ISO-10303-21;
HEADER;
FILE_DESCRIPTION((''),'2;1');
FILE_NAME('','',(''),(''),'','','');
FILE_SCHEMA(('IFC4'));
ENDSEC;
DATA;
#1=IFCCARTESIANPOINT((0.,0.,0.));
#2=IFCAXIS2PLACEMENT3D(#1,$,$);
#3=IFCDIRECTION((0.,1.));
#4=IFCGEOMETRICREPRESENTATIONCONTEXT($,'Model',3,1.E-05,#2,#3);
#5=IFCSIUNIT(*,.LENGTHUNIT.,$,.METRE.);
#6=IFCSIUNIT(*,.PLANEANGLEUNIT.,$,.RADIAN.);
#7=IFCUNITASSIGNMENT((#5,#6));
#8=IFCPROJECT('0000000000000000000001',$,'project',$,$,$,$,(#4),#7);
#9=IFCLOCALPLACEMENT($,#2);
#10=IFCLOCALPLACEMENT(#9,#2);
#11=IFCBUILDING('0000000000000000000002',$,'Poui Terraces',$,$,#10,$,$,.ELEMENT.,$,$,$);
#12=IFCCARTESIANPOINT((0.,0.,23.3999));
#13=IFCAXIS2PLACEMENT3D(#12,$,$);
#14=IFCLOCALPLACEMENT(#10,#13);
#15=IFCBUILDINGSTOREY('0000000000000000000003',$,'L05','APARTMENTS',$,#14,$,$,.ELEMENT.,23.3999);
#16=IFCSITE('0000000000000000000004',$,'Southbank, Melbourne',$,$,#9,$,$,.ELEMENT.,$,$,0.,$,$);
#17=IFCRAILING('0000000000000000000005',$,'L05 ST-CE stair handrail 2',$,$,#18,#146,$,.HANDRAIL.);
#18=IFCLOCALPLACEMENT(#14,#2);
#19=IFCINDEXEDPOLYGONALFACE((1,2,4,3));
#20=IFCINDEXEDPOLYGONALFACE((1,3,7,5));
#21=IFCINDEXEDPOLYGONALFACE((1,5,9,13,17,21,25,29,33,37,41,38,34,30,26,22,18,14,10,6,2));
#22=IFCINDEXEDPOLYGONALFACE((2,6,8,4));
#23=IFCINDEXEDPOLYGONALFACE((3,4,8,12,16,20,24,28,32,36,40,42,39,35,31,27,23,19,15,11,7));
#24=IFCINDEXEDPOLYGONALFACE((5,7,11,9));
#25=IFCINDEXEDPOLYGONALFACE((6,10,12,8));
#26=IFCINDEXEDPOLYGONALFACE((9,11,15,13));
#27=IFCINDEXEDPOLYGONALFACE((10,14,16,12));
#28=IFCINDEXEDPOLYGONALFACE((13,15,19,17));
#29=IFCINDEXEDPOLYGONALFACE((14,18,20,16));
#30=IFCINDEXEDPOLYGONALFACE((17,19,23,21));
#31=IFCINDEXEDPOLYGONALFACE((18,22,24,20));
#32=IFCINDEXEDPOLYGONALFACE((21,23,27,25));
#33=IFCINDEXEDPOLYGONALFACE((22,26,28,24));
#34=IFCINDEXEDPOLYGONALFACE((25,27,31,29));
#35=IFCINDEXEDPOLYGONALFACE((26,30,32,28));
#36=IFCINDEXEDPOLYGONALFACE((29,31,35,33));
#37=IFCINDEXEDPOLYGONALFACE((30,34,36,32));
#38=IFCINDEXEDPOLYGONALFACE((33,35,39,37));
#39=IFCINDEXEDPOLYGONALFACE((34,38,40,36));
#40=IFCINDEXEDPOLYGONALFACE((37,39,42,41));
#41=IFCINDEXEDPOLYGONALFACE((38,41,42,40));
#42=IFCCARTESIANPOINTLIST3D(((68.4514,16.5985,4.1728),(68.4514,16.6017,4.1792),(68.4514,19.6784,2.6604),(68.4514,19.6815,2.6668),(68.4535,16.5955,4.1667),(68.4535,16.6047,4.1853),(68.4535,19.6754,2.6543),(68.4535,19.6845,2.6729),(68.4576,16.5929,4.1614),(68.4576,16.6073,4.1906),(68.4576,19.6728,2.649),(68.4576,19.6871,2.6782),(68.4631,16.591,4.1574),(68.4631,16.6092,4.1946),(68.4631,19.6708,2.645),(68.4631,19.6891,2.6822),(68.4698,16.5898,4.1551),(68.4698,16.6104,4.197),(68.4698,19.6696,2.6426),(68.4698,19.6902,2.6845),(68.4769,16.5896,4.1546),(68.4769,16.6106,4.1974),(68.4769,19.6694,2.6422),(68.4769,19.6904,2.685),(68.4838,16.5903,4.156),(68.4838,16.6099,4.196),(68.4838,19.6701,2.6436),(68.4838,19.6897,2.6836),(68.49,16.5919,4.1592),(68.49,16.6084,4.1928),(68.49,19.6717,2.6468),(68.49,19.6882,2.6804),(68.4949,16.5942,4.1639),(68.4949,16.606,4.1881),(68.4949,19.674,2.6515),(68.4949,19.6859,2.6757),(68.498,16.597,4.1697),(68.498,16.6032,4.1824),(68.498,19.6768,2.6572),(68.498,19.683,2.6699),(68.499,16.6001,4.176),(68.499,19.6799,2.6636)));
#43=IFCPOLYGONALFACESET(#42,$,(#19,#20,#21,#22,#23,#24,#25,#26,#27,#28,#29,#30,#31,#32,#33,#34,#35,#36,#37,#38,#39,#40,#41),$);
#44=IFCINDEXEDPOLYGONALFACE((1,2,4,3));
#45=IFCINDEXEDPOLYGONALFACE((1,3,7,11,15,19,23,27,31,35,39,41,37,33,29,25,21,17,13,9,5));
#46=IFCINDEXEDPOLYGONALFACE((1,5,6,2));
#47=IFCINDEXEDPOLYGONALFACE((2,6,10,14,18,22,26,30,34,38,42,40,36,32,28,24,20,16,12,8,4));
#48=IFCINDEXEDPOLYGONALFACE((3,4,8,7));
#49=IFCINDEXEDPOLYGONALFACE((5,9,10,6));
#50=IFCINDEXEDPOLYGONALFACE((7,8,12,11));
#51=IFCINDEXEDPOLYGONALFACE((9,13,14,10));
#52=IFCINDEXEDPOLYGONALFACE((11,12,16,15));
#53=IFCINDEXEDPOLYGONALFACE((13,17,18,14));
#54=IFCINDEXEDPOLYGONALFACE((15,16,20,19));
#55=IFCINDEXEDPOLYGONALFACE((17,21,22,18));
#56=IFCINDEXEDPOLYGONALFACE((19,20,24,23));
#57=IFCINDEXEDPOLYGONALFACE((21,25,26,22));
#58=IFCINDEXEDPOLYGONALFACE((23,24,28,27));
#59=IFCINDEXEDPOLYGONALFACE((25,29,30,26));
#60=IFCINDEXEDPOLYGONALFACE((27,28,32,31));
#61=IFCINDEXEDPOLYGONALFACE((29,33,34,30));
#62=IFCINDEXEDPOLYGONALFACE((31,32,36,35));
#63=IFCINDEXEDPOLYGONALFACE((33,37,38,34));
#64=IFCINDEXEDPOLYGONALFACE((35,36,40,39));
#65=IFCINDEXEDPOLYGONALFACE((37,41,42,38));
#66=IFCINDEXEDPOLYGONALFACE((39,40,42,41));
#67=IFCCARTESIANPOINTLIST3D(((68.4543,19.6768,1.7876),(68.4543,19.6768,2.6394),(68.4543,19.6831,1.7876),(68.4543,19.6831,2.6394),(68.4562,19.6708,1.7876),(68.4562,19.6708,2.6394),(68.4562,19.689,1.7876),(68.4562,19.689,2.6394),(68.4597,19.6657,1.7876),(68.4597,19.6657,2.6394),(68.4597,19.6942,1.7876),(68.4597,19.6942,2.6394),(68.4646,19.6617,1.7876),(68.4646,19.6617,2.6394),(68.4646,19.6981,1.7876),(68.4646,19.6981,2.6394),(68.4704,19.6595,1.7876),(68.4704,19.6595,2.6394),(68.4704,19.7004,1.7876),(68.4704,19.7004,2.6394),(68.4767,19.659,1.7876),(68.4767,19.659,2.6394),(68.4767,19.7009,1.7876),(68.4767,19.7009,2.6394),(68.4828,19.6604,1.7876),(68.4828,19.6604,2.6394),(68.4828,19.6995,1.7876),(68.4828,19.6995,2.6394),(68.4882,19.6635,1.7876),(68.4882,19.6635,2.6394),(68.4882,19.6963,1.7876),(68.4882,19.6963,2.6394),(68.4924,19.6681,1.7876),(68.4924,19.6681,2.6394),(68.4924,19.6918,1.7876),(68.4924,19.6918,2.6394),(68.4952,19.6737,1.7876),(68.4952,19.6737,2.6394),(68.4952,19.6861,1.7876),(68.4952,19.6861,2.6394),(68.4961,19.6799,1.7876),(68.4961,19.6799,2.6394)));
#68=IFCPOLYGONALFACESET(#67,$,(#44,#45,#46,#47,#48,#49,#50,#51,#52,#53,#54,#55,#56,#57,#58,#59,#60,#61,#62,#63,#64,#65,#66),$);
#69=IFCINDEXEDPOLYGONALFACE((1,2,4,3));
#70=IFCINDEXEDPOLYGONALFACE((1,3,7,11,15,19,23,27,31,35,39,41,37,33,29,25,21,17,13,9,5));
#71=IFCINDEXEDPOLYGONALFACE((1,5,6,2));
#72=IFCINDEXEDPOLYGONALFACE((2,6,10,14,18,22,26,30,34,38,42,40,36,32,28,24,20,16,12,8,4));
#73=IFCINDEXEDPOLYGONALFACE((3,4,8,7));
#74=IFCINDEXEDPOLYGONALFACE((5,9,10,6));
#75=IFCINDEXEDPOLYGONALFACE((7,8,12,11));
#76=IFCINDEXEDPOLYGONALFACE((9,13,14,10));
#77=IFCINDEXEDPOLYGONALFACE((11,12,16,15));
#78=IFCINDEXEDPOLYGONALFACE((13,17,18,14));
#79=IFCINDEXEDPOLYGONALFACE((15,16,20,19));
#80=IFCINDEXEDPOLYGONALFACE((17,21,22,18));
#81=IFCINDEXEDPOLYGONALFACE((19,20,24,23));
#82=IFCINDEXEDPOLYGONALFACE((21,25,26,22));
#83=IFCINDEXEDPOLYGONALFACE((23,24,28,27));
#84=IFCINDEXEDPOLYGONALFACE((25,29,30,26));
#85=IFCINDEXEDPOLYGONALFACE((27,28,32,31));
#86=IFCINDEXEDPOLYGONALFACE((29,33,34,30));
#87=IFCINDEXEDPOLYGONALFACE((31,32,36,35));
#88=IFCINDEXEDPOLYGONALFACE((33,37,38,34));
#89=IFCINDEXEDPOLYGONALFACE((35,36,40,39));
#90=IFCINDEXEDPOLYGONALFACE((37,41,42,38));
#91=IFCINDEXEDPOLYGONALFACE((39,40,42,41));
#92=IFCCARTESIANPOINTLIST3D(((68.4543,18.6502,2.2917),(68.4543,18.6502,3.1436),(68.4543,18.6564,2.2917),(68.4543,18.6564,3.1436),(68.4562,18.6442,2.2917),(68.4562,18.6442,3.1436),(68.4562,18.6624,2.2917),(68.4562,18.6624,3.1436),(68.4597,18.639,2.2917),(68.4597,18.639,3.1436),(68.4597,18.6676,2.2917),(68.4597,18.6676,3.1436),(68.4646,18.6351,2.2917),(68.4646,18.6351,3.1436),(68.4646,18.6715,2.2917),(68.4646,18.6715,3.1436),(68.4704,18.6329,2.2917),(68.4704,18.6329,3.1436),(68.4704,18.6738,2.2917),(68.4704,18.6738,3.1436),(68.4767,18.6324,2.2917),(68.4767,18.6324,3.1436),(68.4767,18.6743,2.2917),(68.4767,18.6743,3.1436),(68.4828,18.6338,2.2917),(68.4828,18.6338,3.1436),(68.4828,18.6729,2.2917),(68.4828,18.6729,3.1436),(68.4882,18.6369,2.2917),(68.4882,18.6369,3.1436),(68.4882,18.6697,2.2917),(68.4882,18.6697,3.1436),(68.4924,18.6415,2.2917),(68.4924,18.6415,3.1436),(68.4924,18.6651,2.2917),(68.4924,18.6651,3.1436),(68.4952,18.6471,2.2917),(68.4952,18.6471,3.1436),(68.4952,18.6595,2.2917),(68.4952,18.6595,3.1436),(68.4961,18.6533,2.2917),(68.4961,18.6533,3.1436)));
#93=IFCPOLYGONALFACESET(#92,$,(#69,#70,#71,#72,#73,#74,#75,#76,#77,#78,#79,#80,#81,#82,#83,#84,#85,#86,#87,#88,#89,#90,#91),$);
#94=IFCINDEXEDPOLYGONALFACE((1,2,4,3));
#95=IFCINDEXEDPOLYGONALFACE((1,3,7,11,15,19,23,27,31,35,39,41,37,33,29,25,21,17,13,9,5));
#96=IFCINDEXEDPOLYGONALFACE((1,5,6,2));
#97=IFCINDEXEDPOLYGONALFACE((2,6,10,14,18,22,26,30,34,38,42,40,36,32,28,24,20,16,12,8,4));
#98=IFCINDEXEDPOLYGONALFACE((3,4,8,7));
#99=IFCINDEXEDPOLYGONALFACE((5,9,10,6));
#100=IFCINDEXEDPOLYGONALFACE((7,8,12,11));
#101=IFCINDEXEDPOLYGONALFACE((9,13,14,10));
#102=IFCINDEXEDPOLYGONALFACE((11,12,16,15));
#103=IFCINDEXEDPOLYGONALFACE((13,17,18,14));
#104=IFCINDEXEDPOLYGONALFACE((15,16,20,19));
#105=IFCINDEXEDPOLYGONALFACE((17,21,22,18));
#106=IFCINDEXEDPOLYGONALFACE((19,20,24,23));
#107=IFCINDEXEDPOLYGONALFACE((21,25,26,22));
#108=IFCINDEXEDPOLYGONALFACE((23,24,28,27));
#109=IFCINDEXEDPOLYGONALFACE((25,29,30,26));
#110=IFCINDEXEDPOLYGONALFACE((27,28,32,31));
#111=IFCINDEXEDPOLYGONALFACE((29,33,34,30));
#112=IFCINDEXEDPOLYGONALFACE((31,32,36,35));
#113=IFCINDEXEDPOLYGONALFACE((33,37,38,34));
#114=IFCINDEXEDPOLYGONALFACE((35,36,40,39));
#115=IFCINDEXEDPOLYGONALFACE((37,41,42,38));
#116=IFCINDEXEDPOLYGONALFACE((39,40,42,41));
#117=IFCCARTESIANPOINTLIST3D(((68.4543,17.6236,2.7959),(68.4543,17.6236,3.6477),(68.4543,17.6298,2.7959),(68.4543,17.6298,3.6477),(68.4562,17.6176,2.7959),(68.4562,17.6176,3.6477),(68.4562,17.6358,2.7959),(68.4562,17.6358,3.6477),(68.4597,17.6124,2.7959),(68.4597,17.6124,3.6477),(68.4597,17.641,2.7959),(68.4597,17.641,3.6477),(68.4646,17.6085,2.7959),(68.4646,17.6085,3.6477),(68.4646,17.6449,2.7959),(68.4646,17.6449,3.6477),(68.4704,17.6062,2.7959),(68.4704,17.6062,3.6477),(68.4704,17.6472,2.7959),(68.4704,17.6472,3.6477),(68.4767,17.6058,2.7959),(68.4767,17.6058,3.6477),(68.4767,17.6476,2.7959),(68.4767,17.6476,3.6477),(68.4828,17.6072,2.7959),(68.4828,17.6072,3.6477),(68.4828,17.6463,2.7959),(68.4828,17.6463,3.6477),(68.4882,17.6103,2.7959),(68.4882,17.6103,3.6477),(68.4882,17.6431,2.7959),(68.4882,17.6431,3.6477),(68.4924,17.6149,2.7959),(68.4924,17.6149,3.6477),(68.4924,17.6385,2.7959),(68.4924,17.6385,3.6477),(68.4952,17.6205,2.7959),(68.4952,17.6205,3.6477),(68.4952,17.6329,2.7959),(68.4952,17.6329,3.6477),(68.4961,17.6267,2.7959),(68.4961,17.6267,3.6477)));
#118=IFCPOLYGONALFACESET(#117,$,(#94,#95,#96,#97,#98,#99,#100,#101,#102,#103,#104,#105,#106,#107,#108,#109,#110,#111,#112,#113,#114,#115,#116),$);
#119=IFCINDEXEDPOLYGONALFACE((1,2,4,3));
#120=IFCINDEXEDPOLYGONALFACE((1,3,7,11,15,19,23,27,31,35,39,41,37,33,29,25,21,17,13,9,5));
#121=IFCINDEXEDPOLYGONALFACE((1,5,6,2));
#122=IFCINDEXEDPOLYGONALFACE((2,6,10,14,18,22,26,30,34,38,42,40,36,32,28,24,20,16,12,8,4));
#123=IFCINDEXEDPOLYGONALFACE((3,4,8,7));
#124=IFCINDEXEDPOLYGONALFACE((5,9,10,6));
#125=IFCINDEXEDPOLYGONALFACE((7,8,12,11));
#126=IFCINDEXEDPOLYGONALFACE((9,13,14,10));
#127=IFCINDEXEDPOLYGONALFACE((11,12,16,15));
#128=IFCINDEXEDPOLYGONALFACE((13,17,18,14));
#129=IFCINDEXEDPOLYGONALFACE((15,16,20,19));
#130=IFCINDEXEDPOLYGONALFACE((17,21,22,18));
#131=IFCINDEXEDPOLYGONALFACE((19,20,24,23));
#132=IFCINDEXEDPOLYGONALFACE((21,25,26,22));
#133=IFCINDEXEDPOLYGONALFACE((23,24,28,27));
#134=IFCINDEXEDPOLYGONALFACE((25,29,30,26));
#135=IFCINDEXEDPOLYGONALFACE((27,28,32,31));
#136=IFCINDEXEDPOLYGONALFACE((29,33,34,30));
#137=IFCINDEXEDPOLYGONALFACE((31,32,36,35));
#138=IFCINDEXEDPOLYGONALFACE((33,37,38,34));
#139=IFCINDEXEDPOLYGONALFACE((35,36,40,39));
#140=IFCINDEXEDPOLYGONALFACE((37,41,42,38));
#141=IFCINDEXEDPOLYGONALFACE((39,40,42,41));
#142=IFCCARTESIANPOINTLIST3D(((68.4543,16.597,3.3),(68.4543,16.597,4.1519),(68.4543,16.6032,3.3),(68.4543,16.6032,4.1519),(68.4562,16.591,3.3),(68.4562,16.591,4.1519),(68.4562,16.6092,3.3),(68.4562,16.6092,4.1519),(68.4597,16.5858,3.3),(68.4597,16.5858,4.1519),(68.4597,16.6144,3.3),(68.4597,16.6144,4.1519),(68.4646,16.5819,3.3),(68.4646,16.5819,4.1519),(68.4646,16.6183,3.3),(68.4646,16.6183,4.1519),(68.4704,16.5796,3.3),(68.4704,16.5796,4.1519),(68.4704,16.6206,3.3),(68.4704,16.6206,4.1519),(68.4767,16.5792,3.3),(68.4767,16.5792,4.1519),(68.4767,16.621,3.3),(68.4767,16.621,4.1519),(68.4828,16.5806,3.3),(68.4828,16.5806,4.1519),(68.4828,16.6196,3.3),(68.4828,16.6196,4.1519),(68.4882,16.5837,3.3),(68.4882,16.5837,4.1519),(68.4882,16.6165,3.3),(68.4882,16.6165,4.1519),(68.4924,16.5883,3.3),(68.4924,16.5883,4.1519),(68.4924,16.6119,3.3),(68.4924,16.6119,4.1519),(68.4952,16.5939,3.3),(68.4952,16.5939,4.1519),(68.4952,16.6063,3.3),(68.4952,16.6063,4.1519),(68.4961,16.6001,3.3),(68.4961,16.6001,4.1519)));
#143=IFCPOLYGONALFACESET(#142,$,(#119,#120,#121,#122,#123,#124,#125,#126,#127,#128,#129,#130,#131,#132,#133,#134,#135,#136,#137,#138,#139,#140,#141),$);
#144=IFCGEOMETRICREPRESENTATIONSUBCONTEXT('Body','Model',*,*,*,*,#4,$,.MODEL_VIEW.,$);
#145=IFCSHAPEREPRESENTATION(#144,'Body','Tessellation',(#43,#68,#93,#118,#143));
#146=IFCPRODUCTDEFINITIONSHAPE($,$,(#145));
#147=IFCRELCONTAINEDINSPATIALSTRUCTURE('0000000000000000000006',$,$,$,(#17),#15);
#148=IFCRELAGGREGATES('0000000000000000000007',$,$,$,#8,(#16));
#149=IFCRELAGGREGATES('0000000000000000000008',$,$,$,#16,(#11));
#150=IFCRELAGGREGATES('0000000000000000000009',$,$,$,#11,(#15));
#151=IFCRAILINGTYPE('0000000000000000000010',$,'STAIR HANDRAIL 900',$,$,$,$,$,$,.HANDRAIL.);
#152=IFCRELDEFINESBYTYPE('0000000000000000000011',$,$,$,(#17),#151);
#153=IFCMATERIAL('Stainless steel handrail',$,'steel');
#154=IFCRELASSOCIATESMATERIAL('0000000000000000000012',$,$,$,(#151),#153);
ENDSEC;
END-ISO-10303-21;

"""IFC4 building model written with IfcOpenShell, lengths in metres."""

from ifc_helpers import new_model, si_unit, direction, frame, origin, origin_2d, place, context, subcontext, project, spatial, circle, extrude, material, type_object, element, save


model = new_model("IFC4")

# Units and contexts
model_context = context("Model", 3, precision=1e-05, world=origin(), true_north=direction((0.0, 1.0)))
body_context = subcontext(model_context, "Body", "Model", "MODEL_VIEW")
ifc_project = project(units=[si_unit("LENGTHUNIT", "METRE"), si_unit("PLANEANGLEUNIT", "RADIAN")], contexts=[model_context])

# Site, building, storey
site_placement = place(None, origin())
site = spatial("IfcSite", under=ifc_project, at=site_placement, Name="Southbank, Melbourne", CompositionType="ELEMENT", RefElevation=0.0)
building_placement = place(site_placement, origin())
building = spatial("IfcBuilding", under=site, at=building_placement, Name="Poui Terraces", CompositionType="ELEMENT")
storey_placement = place(building_placement, frame((0.0, 0.0, 23.3999)))
storey = spatial("IfcBuildingStorey", under=building, at=storey_placement, Name="L05", Description="APARTMENTS", CompositionType="ELEMENT", Elevation=23.3999)

# Railing
ifc_material_1 = material(Name="Stainless steel handrail", Category="steel")
railing_type_1 = type_object("IfcRailingType", Name="STAIR HANDRAIL 900", PredefinedType="HANDRAIL", material=ifc_material_1)
railing_1_placement = place(storey_placement, frame((68.4751, 19.6799, 1.7876)))
element("IfcRailing", 1, at=railing_1_placement, inside=storey, type_object=railing_type_1, Name="L05 ST-CE stair handrail 2", PredefinedType="HANDRAIL", context=body_context, shape_type="SweptSolid", body=[
    extrude(circle(Radius=0.0239, at=origin_2d()), frame((0.0, 0.0, 0.876), z_axis=(0.0, -0.897606, 0.440798), x_axis=(1.0, 0.0, 0.0)), (0.0, 0.0, 1.0), 3.4312),
    extrude(circle(Radius=0.021, at=origin_2d()), origin(), (0.0, 0.0, 1.0), 0.8518),
    extrude(circle(Radius=0.021, at=origin_2d()), frame((0.0, -1.0266, 0.5042)), (0.0, 0.0, 1.0), 0.8518),
    extrude(circle(Radius=0.021, at=origin_2d()), frame((0.0, -2.0532, 1.0083)), (0.0, 0.0, 1.0), 0.8518),
    extrude(circle(Radius=0.021, at=origin_2d()), frame((0.0, -3.0798, 1.5125)), (0.0, 0.0, 1.0), 0.8518),
])

save(model, "model.ifc")
